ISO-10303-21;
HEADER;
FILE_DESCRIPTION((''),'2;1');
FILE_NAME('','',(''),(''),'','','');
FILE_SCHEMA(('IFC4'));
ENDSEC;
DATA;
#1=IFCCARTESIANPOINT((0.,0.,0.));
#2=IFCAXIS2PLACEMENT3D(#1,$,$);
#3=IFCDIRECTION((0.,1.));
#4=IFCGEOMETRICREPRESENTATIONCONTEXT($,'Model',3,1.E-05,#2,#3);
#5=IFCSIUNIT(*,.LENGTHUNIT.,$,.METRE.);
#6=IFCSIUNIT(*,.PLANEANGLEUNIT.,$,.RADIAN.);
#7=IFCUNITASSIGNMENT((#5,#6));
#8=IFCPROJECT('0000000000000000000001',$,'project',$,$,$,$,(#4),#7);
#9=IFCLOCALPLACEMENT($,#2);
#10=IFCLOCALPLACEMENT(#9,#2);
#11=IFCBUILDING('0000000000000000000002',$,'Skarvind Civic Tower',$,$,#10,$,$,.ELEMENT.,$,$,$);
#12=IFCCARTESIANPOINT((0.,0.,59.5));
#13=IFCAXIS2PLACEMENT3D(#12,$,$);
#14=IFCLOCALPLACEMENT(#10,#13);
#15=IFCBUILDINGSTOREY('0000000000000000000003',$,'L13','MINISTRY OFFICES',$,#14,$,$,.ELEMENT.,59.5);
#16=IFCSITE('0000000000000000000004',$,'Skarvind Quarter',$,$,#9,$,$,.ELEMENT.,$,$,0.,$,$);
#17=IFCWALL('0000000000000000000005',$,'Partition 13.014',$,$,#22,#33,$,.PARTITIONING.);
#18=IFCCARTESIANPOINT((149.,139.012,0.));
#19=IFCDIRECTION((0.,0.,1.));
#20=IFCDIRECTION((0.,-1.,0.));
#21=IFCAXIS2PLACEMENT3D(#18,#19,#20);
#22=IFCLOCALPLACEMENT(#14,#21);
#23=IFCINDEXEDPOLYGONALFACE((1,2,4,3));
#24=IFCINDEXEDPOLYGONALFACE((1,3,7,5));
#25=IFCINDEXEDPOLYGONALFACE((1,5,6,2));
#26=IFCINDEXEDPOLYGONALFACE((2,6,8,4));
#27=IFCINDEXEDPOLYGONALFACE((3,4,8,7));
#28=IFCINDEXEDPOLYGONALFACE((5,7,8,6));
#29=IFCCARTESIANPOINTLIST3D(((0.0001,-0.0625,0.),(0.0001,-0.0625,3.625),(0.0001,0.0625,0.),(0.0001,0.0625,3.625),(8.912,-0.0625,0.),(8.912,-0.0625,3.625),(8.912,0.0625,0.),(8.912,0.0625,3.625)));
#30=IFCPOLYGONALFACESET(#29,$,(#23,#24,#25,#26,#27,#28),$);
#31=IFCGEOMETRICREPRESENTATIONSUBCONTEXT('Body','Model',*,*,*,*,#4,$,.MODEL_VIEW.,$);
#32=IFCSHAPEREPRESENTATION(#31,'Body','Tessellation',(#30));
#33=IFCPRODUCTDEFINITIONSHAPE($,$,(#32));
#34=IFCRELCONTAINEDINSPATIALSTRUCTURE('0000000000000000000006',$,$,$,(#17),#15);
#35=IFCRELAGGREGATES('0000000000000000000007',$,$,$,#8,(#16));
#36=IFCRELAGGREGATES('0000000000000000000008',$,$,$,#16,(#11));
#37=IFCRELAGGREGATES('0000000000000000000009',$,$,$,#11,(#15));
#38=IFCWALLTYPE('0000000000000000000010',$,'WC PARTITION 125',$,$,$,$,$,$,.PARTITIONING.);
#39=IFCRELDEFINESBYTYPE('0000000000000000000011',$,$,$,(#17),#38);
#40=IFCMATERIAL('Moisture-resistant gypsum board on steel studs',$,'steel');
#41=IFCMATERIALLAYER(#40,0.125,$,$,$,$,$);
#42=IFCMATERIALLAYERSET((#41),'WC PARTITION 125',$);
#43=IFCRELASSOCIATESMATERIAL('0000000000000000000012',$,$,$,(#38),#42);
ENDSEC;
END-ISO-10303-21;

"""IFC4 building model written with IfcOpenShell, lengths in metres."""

from ifc_helpers import new_model, si_unit, direction, frame, frame_2d, origin, place, context, subcontext, project, spatial, rectangle, extrude, material, layer, layer_set, type_object, element, save


model = new_model("IFC4")

# Units and contexts
model_context = context("Model", 3, precision=1e-05, world=origin(), true_north=direction((0.0, 1.0)))
body_context = subcontext(model_context, "Body", "Model", "MODEL_VIEW")
ifc_project = project(units=[si_unit("LENGTHUNIT", "METRE"), si_unit("PLANEANGLEUNIT", "RADIAN")], contexts=[model_context])

# Site, building, storey
site_placement = place(None, origin())
site = spatial("IfcSite", under=ifc_project, at=site_placement, Name="Skarvind Quarter", CompositionType="ELEMENT", RefElevation=0.0)
building_placement = place(site_placement, origin())
building = spatial("IfcBuilding", under=site, at=building_placement, Name="Skarvind Civic Tower", CompositionType="ELEMENT")
storey_placement = place(building_placement, frame((0.0, 0.0, 59.5)))
storey = spatial("IfcBuildingStorey", under=building, at=storey_placement, Name="L13", Description="MINISTRY OFFICES", CompositionType="ELEMENT", Elevation=59.5)

# Shared definitions
ifc_material_1 = material(Name="Moisture-resistant gypsum board on steel studs", Category="steel")
ifc_layer_1 = layer(ifc_material_1, 0.125)
ifc_layer_set_1 = layer_set([ifc_layer_1], Name="WC PARTITION 125")
wall_type_1 = type_object("IfcWallType", Name="WC PARTITION 125", PredefinedType="PARTITIONING", material=ifc_layer_set_1)

# Wall
wall_1_placement = place(storey_placement, frame((149.0, 139.012, 0.0), z_axis=(0.0, 0.0, 1.0), x_axis=(0.0, -1.0, 0.0)))
element("IfcWall", 1, at=wall_1_placement, inside=storey, type_object=wall_type_1, Name="Partition 13.014", PredefinedType="PARTITIONING", context=body_context, shape_type="SweptSolid", body=[
    extrude(rectangle(XDim=8.9119, YDim=0.125, at=frame_2d((4.4561, 0.0))), origin(), (0.0, 0.0, 1.0), 3.625),
])

save(model, "model.ifc")
